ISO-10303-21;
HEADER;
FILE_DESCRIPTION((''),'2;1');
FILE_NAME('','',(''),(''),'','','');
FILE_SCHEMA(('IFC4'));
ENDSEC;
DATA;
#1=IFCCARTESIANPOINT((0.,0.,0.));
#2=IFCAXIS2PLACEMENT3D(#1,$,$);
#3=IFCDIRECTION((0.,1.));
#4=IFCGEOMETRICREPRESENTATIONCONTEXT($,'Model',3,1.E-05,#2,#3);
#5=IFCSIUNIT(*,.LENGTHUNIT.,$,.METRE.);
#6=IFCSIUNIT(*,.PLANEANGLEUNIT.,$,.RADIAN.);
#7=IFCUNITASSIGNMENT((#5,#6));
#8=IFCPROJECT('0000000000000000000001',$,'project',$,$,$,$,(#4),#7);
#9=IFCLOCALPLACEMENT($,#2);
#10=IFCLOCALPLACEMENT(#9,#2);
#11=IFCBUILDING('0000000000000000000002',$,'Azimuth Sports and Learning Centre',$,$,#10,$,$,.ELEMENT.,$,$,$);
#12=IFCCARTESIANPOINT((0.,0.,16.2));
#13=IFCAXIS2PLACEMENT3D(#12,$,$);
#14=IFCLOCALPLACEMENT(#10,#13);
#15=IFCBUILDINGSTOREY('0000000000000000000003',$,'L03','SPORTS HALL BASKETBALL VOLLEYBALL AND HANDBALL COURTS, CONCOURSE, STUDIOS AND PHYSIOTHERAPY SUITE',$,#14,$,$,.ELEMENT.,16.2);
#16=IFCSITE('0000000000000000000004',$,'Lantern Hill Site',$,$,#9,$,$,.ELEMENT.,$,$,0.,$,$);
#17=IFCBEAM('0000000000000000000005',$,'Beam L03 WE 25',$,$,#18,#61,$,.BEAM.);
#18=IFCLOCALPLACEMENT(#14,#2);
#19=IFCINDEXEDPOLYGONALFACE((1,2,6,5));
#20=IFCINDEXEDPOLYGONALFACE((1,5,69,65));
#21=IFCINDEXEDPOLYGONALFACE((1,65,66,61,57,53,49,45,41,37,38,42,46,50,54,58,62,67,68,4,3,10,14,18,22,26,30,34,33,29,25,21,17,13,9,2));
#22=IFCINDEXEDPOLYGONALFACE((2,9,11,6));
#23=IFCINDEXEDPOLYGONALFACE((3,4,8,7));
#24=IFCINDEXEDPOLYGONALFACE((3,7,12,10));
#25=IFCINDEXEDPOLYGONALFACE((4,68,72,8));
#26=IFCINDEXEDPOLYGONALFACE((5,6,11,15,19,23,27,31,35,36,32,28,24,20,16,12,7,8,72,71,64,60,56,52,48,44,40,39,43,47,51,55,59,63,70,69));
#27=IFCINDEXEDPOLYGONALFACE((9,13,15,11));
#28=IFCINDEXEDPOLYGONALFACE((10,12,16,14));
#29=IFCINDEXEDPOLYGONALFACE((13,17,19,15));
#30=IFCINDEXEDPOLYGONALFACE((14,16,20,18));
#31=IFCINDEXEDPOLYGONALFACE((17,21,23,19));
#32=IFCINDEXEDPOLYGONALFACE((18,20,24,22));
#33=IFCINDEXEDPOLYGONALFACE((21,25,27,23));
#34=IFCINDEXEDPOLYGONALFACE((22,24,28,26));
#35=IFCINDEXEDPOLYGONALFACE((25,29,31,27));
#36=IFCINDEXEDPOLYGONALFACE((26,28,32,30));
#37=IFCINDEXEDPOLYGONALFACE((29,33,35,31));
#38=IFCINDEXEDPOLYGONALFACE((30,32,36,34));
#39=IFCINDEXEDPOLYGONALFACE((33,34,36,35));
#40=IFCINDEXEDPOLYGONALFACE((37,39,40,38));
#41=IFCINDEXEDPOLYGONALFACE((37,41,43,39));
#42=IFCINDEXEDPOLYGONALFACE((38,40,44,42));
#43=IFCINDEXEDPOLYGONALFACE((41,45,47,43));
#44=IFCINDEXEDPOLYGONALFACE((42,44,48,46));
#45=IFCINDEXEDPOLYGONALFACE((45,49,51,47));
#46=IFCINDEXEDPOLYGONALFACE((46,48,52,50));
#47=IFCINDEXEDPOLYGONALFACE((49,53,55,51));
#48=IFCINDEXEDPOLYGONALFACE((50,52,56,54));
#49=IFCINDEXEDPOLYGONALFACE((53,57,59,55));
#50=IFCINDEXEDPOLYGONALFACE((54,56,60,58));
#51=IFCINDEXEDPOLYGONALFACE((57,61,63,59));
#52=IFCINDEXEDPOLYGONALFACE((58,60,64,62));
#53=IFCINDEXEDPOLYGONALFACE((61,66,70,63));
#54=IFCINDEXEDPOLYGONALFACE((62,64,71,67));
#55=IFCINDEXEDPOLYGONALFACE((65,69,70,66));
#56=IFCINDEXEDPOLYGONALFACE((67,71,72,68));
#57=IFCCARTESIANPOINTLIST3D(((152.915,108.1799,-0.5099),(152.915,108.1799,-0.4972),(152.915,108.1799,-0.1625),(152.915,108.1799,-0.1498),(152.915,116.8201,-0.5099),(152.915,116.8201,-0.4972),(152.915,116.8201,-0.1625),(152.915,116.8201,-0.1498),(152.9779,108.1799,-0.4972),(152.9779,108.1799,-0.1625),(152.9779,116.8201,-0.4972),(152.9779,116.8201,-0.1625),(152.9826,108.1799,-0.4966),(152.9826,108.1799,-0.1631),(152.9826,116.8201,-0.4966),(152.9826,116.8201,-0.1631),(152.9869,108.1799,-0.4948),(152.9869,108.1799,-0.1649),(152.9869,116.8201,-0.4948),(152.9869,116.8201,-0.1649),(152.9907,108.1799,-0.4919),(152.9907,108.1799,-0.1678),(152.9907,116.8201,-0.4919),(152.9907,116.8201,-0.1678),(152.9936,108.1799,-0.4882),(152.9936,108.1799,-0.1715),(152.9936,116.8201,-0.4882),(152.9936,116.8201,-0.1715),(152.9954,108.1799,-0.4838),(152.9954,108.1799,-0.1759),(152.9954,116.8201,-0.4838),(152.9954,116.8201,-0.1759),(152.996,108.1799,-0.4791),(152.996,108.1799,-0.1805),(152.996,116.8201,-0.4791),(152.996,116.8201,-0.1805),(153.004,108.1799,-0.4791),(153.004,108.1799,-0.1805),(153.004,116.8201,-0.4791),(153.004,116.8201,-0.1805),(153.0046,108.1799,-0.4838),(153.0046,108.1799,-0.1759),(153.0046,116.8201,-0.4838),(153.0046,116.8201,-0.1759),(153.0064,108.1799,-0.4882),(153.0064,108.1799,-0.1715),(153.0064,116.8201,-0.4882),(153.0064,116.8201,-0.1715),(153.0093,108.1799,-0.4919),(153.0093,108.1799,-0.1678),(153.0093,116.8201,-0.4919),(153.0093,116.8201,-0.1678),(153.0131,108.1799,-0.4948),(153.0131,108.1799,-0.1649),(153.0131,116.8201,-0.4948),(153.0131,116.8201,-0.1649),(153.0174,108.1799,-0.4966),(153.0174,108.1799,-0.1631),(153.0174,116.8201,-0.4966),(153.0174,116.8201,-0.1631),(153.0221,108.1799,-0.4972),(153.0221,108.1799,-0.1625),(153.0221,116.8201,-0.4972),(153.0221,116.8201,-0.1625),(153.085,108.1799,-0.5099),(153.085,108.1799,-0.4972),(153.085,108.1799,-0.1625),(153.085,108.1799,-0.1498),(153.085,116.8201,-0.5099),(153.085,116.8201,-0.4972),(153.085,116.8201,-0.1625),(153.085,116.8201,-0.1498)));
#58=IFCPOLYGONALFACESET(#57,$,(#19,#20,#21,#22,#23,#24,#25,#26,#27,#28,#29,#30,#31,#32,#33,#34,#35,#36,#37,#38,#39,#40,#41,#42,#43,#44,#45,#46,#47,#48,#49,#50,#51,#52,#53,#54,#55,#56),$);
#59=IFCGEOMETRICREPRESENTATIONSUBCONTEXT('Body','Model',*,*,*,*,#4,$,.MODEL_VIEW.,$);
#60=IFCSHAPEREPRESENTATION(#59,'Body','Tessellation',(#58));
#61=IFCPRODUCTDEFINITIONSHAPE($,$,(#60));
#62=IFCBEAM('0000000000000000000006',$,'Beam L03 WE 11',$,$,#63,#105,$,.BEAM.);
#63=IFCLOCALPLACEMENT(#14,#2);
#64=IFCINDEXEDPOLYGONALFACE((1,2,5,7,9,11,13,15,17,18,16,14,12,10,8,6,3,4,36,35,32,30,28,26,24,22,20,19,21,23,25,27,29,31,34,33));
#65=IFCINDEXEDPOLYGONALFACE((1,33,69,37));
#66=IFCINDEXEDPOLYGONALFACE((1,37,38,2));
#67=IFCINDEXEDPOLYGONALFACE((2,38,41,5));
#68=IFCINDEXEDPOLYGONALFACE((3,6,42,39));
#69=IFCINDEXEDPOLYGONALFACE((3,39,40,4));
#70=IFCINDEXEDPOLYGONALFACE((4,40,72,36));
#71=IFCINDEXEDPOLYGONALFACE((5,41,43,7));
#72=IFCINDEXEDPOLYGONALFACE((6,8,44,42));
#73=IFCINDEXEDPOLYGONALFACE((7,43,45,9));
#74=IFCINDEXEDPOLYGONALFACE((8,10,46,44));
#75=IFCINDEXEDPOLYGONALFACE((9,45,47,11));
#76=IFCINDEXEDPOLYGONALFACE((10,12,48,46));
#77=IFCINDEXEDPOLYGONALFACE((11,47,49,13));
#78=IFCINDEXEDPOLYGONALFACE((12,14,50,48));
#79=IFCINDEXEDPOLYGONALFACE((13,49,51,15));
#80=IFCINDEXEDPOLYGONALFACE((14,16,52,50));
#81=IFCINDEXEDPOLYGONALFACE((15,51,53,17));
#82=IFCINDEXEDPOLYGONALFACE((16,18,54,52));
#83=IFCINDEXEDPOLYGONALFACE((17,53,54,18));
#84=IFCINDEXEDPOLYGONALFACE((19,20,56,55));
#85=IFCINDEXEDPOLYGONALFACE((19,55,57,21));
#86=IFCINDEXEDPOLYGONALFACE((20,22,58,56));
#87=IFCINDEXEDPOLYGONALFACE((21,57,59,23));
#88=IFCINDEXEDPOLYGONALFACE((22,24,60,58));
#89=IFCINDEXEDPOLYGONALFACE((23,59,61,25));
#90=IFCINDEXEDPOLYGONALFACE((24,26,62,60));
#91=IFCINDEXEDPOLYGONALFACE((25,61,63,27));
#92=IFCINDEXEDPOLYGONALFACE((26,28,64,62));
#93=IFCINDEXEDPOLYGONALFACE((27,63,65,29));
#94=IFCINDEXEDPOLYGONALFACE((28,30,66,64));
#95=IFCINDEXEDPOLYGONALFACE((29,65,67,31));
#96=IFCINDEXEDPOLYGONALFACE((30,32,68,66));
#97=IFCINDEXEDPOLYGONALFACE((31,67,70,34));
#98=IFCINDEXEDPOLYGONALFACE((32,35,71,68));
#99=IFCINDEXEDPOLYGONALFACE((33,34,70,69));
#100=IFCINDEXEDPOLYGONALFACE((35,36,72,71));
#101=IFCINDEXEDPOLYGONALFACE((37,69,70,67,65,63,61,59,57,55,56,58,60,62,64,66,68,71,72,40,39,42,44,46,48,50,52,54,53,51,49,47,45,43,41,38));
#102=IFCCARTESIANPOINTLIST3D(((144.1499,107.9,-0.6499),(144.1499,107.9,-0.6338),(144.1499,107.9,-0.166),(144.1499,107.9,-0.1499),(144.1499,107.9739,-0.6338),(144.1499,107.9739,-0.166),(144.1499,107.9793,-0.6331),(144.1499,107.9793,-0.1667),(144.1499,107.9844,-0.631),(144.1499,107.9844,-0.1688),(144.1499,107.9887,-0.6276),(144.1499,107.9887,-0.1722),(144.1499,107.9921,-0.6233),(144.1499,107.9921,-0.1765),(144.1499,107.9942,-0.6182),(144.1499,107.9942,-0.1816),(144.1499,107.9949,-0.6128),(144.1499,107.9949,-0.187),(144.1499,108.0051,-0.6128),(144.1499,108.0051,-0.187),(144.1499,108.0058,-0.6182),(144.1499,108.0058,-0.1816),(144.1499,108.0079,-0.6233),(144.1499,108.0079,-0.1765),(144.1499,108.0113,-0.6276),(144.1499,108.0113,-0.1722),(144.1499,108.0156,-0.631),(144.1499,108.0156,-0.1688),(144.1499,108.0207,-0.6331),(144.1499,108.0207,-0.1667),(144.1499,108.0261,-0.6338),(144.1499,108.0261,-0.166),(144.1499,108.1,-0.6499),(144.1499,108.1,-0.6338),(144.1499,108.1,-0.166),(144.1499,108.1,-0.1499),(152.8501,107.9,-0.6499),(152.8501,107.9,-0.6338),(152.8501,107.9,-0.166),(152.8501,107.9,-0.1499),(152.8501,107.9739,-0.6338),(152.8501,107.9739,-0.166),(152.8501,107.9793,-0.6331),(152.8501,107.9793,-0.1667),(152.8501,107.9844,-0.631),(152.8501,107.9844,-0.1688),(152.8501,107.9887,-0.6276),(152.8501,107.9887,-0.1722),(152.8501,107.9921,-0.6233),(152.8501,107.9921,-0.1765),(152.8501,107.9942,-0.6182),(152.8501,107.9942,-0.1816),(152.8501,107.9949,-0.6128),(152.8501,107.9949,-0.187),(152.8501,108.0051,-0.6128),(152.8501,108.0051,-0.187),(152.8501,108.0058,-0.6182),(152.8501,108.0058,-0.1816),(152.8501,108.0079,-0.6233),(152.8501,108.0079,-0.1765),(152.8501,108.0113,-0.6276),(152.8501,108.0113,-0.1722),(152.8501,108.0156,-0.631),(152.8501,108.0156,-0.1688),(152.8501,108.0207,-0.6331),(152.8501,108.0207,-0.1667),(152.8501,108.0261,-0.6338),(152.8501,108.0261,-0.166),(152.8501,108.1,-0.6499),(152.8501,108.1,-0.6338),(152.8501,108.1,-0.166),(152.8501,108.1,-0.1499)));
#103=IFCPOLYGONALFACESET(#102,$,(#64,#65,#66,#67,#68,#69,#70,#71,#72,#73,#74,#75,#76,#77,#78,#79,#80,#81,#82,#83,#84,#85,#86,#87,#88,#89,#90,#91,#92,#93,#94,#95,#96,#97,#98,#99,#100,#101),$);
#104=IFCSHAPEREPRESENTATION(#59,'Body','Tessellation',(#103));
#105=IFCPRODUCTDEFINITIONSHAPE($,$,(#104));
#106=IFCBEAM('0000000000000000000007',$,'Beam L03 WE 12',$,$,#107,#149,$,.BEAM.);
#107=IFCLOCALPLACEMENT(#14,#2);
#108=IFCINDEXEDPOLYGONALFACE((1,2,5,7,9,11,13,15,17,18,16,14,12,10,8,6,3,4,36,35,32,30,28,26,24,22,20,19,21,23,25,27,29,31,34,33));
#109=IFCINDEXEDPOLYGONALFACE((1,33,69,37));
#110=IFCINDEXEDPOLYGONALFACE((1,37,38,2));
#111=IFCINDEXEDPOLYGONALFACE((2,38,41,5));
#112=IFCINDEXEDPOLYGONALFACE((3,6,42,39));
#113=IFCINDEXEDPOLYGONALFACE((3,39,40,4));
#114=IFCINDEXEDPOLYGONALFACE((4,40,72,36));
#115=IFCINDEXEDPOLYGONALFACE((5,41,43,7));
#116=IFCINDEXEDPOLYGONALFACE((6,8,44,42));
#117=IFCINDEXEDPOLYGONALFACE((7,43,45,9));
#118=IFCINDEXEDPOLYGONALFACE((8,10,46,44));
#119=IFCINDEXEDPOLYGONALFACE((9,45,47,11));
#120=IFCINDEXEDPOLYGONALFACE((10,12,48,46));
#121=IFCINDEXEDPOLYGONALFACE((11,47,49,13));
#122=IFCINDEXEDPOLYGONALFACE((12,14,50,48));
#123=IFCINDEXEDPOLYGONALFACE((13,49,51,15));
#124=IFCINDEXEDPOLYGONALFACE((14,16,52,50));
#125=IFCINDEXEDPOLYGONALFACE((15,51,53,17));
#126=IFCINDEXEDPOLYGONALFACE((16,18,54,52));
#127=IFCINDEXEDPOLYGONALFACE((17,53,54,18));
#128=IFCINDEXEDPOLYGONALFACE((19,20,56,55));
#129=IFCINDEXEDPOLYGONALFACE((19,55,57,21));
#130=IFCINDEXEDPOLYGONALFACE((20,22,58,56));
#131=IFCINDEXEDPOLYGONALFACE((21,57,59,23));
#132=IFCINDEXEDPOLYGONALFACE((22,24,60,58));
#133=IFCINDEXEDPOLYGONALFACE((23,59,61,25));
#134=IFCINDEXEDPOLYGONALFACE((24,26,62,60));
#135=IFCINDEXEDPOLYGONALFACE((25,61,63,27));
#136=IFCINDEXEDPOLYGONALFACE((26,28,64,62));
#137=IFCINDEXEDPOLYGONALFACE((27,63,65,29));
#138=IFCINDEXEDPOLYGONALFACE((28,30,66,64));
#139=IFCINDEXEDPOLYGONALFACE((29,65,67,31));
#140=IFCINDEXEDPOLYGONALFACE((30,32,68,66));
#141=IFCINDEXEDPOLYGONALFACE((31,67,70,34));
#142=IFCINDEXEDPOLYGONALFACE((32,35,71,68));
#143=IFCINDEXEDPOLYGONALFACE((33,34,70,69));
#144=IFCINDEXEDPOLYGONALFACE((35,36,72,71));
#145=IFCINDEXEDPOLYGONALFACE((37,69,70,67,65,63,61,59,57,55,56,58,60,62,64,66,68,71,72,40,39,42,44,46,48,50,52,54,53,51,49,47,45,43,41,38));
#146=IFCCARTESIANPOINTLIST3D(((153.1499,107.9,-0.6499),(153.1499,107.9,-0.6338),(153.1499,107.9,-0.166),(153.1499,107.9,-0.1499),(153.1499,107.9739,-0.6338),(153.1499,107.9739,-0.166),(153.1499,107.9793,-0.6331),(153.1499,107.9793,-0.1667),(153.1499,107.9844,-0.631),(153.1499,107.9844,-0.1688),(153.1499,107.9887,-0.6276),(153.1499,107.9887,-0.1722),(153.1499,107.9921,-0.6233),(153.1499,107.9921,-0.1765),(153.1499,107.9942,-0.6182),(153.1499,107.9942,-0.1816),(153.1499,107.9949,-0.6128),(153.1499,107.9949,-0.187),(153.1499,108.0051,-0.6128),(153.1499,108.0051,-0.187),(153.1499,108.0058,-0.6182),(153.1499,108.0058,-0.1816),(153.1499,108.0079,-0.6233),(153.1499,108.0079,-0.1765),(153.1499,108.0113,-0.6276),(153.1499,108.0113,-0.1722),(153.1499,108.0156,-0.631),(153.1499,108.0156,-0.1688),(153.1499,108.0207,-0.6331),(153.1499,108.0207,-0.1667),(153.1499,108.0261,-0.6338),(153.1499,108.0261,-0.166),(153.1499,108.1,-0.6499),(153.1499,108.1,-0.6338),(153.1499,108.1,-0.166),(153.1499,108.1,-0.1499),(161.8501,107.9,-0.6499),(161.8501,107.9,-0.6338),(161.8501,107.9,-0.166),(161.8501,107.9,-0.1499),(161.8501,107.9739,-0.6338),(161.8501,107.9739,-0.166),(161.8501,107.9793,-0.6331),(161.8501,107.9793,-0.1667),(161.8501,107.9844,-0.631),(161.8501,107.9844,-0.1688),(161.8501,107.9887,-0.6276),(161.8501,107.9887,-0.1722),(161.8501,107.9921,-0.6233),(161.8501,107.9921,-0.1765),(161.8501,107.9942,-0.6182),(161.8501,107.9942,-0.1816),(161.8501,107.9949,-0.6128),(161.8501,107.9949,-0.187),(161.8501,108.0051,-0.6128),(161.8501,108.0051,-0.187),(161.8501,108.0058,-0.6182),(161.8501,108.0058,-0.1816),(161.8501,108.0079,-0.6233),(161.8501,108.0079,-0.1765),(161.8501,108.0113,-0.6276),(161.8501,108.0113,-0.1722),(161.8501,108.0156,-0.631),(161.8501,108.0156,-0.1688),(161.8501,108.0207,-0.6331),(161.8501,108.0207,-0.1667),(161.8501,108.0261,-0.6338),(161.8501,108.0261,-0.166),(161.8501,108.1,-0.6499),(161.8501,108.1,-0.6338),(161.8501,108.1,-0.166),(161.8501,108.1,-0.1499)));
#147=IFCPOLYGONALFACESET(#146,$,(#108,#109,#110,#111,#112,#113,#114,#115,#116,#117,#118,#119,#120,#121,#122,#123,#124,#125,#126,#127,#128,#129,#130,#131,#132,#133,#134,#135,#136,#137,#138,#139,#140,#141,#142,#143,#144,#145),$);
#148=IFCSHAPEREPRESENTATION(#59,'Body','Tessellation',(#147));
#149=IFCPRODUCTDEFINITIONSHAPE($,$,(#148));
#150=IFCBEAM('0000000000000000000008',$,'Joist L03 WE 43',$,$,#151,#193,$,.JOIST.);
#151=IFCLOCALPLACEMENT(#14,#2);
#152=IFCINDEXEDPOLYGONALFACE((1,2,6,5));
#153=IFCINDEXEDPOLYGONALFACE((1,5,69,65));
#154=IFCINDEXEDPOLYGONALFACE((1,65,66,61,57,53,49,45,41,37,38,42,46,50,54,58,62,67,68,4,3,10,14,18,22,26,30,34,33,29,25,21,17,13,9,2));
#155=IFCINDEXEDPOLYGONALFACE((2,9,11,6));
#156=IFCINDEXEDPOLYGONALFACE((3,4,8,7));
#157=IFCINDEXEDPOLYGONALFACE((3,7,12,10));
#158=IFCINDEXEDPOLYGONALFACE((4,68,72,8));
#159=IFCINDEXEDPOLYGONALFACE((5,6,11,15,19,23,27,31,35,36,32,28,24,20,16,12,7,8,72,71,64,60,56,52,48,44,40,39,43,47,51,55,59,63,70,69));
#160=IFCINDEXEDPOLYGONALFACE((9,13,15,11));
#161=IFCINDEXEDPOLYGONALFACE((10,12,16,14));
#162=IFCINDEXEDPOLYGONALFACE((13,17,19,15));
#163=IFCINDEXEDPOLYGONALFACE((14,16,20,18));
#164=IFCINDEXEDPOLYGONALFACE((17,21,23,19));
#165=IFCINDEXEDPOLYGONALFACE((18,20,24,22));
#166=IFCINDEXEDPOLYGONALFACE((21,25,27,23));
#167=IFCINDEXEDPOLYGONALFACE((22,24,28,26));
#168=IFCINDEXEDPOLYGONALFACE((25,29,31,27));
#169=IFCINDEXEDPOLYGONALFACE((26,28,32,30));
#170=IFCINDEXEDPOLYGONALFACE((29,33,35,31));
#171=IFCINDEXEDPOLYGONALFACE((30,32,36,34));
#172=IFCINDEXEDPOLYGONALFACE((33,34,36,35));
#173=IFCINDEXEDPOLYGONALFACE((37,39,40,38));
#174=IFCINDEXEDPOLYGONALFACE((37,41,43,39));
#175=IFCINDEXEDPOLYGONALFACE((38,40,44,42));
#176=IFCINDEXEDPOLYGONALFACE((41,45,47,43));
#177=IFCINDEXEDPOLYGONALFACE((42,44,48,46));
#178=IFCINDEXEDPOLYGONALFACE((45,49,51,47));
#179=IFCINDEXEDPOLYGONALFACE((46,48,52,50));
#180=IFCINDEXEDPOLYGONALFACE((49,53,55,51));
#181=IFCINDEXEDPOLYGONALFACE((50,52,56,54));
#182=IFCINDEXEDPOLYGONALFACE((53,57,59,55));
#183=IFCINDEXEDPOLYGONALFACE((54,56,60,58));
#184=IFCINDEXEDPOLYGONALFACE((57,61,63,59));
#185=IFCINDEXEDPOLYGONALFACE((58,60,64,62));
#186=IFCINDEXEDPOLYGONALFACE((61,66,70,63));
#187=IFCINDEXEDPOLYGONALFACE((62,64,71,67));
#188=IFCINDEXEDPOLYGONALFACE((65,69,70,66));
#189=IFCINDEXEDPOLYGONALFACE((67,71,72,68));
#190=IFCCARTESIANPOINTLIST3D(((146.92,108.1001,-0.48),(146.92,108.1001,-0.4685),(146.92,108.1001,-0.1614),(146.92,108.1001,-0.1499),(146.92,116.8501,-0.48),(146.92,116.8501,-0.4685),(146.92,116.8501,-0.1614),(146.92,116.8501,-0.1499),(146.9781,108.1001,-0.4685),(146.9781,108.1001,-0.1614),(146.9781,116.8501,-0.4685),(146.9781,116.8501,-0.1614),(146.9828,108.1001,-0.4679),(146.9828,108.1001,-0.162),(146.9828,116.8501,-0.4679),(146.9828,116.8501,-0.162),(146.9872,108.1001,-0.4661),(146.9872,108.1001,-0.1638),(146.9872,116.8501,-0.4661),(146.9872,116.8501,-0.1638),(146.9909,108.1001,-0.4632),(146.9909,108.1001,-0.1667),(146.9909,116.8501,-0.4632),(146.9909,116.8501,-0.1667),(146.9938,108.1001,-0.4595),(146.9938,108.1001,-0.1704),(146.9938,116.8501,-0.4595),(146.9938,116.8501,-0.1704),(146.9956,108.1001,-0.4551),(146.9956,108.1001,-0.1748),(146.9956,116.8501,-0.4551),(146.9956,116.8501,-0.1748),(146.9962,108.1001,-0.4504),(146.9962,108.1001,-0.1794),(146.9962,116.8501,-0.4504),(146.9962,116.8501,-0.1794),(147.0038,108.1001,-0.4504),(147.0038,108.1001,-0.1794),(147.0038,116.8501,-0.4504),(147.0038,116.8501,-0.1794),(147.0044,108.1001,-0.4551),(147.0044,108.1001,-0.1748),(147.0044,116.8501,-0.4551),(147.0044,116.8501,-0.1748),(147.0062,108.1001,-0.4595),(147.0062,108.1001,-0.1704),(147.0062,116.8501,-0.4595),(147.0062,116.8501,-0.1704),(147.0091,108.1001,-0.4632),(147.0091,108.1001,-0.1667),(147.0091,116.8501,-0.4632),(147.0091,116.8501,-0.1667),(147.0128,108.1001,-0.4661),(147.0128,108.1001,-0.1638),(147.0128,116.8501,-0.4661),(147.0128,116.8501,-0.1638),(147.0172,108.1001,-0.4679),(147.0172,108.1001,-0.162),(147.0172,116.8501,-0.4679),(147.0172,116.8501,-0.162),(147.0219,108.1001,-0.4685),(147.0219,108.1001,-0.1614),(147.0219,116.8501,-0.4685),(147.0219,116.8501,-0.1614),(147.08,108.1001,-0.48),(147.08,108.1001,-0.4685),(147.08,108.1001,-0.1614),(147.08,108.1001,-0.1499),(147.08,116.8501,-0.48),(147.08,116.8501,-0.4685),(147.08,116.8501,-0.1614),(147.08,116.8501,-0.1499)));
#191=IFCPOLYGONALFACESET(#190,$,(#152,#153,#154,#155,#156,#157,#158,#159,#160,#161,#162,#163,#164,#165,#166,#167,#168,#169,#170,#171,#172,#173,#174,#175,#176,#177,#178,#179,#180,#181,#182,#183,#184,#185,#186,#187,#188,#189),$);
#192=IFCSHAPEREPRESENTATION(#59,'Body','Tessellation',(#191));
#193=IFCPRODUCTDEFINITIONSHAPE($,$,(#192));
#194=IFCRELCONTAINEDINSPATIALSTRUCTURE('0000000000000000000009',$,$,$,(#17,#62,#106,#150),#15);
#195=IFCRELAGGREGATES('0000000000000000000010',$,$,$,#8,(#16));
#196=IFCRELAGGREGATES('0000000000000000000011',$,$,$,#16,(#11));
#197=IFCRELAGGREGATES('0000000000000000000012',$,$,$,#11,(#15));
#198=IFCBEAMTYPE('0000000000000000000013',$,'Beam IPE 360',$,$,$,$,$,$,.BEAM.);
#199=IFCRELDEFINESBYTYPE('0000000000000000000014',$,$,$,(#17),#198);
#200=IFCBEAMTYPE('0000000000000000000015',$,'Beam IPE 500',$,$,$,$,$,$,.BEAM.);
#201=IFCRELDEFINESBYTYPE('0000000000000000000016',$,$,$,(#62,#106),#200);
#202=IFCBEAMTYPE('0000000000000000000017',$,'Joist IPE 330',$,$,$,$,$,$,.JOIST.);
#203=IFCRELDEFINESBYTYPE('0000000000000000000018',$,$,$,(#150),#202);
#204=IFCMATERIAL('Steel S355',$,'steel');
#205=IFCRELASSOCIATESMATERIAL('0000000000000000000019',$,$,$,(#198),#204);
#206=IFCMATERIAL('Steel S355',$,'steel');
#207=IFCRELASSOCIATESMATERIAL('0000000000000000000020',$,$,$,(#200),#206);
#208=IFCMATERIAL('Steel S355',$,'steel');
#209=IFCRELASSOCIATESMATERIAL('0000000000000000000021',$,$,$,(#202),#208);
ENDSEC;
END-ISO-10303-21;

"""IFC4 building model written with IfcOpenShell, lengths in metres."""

from ifc_helpers import new_model, si_unit, direction, frame, origin, origin_2d, place, context, subcontext, project, spatial, i_section, extrude, material, material_profile, profile_set, type_object, element, save


model = new_model("IFC4")

# Units and contexts
model_context = context("Model", 3, precision=1e-05, world=origin(), true_north=direction((0.0, 1.0)))
body_context = subcontext(model_context, "Body", "Model", "MODEL_VIEW")
ifc_project = project(units=[si_unit("LENGTHUNIT", "METRE"), si_unit("PLANEANGLEUNIT", "RADIAN")], contexts=[model_context])

# Site, building, storey
site_placement = place(None, origin())
site = spatial("IfcSite", under=ifc_project, at=site_placement, Name="Lantern Hill Site", CompositionType="ELEMENT", RefElevation=0.0)
building_placement = place(site_placement, origin())
building = spatial("IfcBuilding", under=site, at=building_placement, Name="Azimuth Sports and Learning Centre", CompositionType="ELEMENT")
storey_placement = place(building_placement, frame((0.0, 0.0, 16.2)))
storey = spatial("IfcBuildingStorey", under=building, at=storey_placement, Name="L03", Description="SPORTS HALL BASKETBALL VOLLEYBALL AND HANDBALL COURTS, CONCOURSE, STUDIOS AND PHYSIOTHERAPY SUITE", CompositionType="ELEMENT", Elevation=16.2)

# Beams
ifc_material_1 = material(Name="Steel S355", Category="steel")
ifc_material_profile_1 = material_profile(ifc_material_1, i_section(OverallWidth=0.1699, OverallDepth=0.3601, WebThickness=0.0081, FlangeThickness=0.0127, FilletRadius=0.0181, at=origin_2d()), Name="IPE 360")
ifc_profile_set_1 = profile_set([ifc_material_profile_1], Name="Steel S355")
beam_type_1 = type_object("IfcBeamType", Name="Beam IPE 360", PredefinedType="BEAM", material=ifc_profile_set_1)
for number, where, z_axis, x_axis, name in (
    (1, (153.0, 108.1799, -0.3298), (0.0, 1.0, 0.0), (-1.0, 0.0, 0.0), "Beam L03 WE 25"),
):
    element("IfcBeam", number, at=place(storey_placement, frame(where, z_axis=z_axis, x_axis=x_axis)), inside=storey, type_object=beam_type_1, Name=name, PredefinedType="BEAM", context=body_context, shape_type="SweptSolid", body=[
        extrude(i_section(OverallWidth=0.1699, OverallDepth=0.3601, WebThickness=0.0081, FlangeThickness=0.0127, FilletRadius=0.0181, at=origin_2d()), origin(), (0.0, 0.0, 1.0), 8.6401),
    ])
ifc_material_2 = material(Name="Steel S355", Category="steel")
ifc_material_profile_2 = material_profile(ifc_material_2, i_section(OverallWidth=0.2, OverallDepth=0.5, WebThickness=0.0103, FlangeThickness=0.0161, FilletRadius=0.021, at=origin_2d()), Name="IPE 500")
ifc_profile_set_2 = profile_set([ifc_material_profile_2], Name="Steel S355")
beam_type_2 = type_object("IfcBeamType", Name="Beam IPE 500", PredefinedType="BEAM", material=ifc_profile_set_2)
for number, where, z_axis, x_axis, name in (
    (2, (144.1499, 108.0, -0.3999), (1.0, 0.0, 0.0), (0.0, 1.0, 0.0), "Beam L03 WE 11"),
    (3, (153.1499, 108.0, -0.3999), (1.0, 0.0, 0.0), (0.0, 1.0, 0.0), "Beam L03 WE 12"),
):
    element("IfcBeam", number, at=place(storey_placement, frame(where, z_axis=z_axis, x_axis=x_axis)), inside=storey, type_object=beam_type_2, Name=name, PredefinedType="BEAM", context=body_context, shape_type="SweptSolid", body=[
        extrude(i_section(OverallWidth=0.2, OverallDepth=0.5, WebThickness=0.0103, FlangeThickness=0.0161, FilletRadius=0.021, at=origin_2d()), origin(), (0.0, 0.0, 1.0), 8.7002),
    ])
ifc_material_3 = material(Name="Steel S355", Category="steel")
ifc_material_profile_3 = material_profile(ifc_material_3, i_section(OverallWidth=0.1599, OverallDepth=0.3301, WebThickness=0.0076, FlangeThickness=0.0115, FilletRadius=0.0181, at=origin_2d()), Name="IPE 330")
ifc_profile_set_3 = profile_set([ifc_material_profile_3], Name="Steel S355")
beam_type_3 = type_object("IfcBeamType", Name="Joist IPE 330", PredefinedType="JOIST", material=ifc_profile_set_3)
for number, where, z_axis, x_axis, name in (
    (4, (147.0, 108.1001, -0.3149), (0.0, 1.0, 0.0), (-1.0, 0.0, 0.0), "Joist L03 WE 43"),
):
    element("IfcBeam", number, at=place(storey_placement, frame(where, z_axis=z_axis, x_axis=x_axis)), inside=storey, type_object=beam_type_3, Name=name, PredefinedType="JOIST", context=body_context, shape_type="SweptSolid", body=[
        extrude(i_section(OverallWidth=0.1599, OverallDepth=0.3301, WebThickness=0.0076, FlangeThickness=0.0115, FilletRadius=0.0181, at=origin_2d()), origin(), (0.0, 0.0, 1.0), 8.75),
    ])

save(model, "model.ifc")
